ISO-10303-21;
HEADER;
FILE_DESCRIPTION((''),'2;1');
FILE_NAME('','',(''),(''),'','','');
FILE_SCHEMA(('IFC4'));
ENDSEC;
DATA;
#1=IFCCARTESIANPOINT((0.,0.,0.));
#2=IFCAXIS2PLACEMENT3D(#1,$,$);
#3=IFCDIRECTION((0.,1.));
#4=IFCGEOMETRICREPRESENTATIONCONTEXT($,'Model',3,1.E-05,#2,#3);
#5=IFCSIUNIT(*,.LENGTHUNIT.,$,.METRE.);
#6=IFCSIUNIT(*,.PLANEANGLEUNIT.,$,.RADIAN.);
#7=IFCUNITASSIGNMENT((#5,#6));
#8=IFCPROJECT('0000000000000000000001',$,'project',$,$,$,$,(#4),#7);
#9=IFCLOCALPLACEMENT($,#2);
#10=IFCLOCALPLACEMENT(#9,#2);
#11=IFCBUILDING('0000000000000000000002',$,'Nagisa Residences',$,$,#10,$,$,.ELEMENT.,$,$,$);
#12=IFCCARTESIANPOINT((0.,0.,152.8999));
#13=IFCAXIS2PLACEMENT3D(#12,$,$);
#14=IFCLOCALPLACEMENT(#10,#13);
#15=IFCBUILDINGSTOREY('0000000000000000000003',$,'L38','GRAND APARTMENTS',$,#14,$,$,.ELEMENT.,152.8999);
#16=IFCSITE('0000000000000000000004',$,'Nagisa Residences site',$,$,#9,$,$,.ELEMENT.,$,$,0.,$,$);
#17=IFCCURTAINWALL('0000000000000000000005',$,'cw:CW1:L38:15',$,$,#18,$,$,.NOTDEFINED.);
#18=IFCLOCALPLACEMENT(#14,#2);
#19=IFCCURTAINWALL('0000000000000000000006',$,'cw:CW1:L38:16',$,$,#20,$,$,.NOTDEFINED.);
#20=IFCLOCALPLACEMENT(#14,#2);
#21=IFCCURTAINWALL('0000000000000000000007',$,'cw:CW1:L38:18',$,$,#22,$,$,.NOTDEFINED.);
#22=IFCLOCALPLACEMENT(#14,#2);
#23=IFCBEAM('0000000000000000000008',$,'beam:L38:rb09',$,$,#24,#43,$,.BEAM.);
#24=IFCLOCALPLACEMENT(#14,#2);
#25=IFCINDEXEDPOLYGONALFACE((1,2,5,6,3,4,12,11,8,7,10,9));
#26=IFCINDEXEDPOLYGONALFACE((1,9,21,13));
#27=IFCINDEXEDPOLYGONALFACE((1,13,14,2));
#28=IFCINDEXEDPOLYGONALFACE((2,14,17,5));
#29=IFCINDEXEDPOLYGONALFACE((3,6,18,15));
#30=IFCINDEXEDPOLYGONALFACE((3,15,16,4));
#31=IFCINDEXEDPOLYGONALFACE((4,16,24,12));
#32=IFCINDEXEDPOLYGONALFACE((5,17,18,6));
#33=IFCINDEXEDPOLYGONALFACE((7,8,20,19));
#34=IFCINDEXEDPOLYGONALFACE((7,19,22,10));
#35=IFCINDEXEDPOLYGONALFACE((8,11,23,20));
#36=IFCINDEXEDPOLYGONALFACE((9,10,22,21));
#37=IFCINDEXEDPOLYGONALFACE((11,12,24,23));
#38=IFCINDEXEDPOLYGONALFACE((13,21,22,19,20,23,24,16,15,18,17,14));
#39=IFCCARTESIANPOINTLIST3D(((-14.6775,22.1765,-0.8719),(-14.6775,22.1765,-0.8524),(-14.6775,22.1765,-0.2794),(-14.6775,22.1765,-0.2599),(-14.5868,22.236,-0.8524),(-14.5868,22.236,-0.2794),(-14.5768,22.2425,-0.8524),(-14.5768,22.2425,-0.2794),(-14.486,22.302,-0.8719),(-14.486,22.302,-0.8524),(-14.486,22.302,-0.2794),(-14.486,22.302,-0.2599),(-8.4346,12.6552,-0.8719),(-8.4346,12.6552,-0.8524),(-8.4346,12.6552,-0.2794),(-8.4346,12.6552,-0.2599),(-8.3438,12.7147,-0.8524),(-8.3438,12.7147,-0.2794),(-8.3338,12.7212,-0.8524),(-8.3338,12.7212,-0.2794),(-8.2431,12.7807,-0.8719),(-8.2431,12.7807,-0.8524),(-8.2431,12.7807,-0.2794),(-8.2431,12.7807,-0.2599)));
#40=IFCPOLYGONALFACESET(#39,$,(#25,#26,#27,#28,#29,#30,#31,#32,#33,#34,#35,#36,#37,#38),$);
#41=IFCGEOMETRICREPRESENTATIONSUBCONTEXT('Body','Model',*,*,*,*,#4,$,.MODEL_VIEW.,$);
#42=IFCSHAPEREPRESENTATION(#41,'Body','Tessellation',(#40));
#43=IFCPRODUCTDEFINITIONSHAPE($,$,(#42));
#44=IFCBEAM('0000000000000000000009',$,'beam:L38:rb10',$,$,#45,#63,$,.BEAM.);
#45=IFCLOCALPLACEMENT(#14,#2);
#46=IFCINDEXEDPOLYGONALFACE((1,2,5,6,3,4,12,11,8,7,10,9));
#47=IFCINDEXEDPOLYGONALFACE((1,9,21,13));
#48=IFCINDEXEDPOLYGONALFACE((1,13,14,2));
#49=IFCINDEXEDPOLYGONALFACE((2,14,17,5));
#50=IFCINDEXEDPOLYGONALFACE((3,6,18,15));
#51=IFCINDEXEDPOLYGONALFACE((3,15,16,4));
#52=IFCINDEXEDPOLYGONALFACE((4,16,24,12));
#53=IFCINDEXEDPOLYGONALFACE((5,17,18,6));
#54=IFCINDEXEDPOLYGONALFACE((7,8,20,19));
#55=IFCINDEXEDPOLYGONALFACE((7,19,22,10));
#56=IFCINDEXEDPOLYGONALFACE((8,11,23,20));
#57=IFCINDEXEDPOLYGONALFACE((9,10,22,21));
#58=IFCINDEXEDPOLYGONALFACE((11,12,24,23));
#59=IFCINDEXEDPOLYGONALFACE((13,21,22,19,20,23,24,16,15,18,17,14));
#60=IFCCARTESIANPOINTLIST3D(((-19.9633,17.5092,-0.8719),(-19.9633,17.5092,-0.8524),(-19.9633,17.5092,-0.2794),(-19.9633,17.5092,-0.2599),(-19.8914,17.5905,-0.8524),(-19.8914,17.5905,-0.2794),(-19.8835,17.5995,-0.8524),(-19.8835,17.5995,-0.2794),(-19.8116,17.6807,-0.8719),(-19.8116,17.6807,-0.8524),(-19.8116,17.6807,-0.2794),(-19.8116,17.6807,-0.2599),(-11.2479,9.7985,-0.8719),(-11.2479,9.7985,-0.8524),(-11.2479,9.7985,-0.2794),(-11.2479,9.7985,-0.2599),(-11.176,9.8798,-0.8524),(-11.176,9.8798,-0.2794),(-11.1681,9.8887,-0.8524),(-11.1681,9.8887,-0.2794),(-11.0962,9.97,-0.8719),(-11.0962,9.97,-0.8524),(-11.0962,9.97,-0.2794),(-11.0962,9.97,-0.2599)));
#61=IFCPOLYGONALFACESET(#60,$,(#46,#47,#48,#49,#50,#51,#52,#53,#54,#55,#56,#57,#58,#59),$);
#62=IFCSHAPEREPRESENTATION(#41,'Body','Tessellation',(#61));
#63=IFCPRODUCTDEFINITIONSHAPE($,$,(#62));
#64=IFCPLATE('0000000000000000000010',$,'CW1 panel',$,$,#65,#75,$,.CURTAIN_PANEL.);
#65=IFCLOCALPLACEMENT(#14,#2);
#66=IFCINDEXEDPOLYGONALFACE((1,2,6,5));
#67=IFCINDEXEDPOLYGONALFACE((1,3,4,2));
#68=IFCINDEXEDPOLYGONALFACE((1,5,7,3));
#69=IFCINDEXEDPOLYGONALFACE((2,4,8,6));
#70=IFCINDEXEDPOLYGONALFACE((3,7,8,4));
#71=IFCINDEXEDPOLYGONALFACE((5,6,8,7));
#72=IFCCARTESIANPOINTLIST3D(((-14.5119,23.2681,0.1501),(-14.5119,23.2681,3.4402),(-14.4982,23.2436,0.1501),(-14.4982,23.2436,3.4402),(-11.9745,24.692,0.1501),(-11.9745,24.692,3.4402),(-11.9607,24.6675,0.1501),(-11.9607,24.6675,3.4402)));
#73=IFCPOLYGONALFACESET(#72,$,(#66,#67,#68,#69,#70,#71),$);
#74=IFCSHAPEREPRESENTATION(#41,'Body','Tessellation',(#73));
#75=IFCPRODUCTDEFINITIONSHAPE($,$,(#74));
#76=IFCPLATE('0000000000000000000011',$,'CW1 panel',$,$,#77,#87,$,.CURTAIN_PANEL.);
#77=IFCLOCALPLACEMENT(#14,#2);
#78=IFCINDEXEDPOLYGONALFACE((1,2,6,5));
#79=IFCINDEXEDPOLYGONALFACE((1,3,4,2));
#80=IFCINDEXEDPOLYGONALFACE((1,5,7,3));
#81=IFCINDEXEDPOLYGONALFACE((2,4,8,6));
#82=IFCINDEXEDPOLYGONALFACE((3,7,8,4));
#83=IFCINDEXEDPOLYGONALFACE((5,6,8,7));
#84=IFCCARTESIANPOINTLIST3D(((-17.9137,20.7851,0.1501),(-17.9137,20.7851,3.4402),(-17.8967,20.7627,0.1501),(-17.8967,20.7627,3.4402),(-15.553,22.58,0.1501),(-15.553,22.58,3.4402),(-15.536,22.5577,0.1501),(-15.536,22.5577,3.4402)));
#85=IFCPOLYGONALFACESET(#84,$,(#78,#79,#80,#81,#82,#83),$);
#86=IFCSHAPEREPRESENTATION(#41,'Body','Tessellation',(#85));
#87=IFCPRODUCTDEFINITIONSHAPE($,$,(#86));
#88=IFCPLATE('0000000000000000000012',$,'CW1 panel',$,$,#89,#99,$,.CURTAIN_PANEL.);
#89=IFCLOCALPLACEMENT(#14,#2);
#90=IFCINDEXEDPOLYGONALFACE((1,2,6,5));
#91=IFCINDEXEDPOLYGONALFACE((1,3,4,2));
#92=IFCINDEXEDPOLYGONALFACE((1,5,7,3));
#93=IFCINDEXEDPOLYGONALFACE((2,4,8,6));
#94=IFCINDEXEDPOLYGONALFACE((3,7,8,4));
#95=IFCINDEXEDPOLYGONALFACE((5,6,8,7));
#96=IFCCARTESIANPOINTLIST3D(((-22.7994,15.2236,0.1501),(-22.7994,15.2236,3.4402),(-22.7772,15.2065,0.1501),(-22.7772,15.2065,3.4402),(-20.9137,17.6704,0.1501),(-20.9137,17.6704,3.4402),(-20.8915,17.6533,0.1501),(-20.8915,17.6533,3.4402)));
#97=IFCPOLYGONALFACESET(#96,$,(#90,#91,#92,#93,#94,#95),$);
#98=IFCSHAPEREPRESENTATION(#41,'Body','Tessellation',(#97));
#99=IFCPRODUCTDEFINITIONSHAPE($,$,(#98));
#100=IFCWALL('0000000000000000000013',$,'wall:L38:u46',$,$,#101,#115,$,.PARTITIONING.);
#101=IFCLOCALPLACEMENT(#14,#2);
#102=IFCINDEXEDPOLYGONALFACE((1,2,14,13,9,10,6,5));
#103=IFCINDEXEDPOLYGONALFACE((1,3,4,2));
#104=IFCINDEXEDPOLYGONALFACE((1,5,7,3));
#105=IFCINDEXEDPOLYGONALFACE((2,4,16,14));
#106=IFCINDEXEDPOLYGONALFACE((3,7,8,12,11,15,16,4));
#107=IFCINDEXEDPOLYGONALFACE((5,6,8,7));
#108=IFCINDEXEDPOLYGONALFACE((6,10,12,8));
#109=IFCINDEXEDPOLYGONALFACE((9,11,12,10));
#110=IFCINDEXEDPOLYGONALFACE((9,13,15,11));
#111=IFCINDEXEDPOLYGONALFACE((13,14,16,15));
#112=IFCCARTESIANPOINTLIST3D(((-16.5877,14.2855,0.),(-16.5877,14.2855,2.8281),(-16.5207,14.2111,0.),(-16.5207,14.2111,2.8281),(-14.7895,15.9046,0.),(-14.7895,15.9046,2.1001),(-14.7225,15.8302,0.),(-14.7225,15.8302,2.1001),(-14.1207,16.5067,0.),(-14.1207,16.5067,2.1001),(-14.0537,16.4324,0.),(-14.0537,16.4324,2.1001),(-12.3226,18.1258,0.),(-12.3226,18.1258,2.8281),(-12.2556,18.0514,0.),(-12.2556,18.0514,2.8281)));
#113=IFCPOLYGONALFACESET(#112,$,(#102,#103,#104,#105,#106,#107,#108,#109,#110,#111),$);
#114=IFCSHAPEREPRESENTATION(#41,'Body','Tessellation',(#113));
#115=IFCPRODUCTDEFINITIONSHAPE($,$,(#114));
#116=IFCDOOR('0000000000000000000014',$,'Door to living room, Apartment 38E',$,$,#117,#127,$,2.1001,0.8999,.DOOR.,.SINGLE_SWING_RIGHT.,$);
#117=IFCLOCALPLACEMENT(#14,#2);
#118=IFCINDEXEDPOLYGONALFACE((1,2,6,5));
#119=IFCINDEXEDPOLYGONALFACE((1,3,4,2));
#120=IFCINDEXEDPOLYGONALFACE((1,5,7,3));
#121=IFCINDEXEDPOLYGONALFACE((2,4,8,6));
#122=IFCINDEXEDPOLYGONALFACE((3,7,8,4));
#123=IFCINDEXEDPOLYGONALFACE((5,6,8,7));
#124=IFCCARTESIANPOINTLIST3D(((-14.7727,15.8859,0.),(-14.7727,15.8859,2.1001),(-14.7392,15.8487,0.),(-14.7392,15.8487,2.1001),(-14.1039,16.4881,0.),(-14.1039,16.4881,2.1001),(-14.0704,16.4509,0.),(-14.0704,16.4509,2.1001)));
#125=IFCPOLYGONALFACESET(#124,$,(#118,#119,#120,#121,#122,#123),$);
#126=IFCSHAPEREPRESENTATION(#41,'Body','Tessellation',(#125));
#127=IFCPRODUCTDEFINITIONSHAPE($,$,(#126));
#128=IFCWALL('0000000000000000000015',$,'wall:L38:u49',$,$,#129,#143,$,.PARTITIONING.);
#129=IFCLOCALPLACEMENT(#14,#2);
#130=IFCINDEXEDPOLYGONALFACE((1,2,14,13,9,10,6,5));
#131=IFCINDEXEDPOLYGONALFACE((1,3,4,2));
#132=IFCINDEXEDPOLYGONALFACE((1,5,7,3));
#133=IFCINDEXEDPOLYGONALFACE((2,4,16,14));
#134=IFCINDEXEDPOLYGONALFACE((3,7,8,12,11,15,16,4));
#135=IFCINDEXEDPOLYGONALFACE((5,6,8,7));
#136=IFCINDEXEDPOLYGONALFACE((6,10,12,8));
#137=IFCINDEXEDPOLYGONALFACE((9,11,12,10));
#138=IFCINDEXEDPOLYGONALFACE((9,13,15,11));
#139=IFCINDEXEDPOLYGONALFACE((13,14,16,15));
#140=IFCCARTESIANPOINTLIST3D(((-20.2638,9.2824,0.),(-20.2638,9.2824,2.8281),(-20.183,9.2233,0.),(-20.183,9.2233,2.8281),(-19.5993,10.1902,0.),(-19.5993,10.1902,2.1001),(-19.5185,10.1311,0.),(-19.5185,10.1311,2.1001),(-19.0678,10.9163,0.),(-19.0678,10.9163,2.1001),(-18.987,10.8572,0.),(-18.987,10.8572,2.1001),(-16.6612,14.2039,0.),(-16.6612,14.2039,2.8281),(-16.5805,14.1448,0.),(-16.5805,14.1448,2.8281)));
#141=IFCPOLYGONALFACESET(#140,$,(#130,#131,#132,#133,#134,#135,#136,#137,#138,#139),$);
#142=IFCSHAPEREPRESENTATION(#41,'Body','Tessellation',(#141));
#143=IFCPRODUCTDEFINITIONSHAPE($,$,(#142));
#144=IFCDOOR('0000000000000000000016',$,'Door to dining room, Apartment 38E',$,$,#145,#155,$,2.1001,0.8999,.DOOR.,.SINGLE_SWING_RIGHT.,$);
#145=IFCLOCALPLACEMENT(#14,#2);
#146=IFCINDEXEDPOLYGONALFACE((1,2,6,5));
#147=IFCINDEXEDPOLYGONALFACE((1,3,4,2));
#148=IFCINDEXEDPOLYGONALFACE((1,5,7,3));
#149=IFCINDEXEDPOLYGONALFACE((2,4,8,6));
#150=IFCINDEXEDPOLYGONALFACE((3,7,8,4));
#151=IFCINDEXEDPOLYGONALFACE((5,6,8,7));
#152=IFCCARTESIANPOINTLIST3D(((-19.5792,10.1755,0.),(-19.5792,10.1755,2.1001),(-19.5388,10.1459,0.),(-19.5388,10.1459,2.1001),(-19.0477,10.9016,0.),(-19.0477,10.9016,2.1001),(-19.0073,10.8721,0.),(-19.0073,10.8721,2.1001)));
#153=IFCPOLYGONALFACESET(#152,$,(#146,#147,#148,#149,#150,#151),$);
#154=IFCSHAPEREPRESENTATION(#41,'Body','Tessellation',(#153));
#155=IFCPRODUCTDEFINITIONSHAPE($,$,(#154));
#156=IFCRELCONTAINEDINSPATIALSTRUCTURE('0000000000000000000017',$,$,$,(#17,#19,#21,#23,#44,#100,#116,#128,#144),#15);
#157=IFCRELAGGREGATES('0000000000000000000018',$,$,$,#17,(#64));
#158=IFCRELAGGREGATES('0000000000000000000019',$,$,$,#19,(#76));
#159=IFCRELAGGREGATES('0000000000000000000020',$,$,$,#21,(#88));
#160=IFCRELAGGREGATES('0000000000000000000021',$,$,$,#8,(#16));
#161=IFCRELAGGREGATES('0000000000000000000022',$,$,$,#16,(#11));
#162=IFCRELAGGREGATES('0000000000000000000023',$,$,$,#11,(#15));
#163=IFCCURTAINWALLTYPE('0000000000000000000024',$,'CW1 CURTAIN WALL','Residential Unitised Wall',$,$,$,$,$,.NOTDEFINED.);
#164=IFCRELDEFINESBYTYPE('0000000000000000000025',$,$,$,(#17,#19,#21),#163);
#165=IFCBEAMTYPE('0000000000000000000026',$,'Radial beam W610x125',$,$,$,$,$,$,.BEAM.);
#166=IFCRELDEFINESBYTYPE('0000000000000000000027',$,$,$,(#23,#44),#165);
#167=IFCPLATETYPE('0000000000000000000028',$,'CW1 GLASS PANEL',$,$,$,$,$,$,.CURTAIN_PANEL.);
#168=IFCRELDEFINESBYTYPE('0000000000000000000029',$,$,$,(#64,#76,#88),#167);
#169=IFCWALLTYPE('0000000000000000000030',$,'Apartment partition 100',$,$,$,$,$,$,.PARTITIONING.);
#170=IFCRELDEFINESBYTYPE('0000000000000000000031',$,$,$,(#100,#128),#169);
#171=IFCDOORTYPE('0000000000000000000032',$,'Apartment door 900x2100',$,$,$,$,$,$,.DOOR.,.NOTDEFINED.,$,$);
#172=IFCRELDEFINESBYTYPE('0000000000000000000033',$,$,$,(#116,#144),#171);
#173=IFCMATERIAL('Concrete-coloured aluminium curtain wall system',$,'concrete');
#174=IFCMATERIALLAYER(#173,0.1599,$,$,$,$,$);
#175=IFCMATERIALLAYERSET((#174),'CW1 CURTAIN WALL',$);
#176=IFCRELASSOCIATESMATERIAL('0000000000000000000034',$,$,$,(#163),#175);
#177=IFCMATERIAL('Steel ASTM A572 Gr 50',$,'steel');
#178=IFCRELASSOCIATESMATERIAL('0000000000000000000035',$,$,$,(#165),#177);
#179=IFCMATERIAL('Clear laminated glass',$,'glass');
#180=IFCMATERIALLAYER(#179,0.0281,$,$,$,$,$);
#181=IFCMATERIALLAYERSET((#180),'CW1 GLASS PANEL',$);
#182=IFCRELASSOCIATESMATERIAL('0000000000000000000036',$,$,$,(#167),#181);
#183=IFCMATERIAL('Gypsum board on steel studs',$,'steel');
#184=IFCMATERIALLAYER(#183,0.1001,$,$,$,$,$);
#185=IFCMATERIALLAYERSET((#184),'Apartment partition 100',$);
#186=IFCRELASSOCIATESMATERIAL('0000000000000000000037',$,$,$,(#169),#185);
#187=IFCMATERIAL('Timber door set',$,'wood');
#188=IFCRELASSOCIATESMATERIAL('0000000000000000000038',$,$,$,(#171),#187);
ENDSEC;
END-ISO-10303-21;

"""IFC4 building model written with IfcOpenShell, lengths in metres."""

from ifc_helpers import new_model, si_unit, direction, frame, frame_2d, origin, origin_2d, place, context, subcontext, project, spatial, rectangle, i_section, extrude, material, layer, layer_set, material_profile, profile_set, type_object, element, fill, aggregate, save


model = new_model("IFC4")

# Units and contexts
model_context = context("Model", 3, precision=1e-05, world=origin(), true_north=direction((0.0, 1.0)))
body_context = subcontext(model_context, "Body", "Model", "MODEL_VIEW")
ifc_project = project(units=[si_unit("LENGTHUNIT", "METRE"), si_unit("PLANEANGLEUNIT", "RADIAN")], contexts=[model_context])

# Site, building, storey
site_placement = place(None, origin())
site = spatial("IfcSite", under=ifc_project, at=site_placement, Name="Nagisa Residences site", CompositionType="ELEMENT", RefElevation=0.0)
building_placement = place(site_placement, origin())
building = spatial("IfcBuilding", under=site, at=building_placement, Name="Nagisa Residences", CompositionType="ELEMENT")
storey_placement = place(building_placement, frame((0.0, 0.0, 152.8999)))
storey = spatial("IfcBuildingStorey", under=building, at=storey_placement, Name="L38", Description="GRAND APARTMENTS", CompositionType="ELEMENT", Elevation=152.8999)

# Curtain walls
ifc_material_1 = material(Name="Concrete-coloured aluminium curtain wall system", Category="concrete")
ifc_layer_1 = layer(ifc_material_1, 0.1599)
ifc_layer_set_1 = layer_set([ifc_layer_1], Name="CW1 CURTAIN WALL")
curtain_wall_type = type_object("IfcCurtainWallType", Name="CW1 CURTAIN WALL", Description="Residential Unitised Wall", PredefinedType="NOTDEFINED", material=ifc_layer_set_1)
curtain_wall_1_placement = place(storey_placement, origin())
curtain_wall_1 = element("IfcCurtainWall", 1, at=curtain_wall_1_placement, inside=storey, type_object=curtain_wall_type, Name="cw:CW1:L38:15", PredefinedType="NOTDEFINED")
curtain_wall_2_placement = place(storey_placement, origin())
curtain_wall_2 = element("IfcCurtainWall", 2, at=curtain_wall_2_placement, inside=storey, type_object=curtain_wall_type, Name="cw:CW1:L38:16", PredefinedType="NOTDEFINED")
curtain_wall_3_placement = place(storey_placement, origin())
curtain_wall_3 = element("IfcCurtainWall", 3, at=curtain_wall_3_placement, inside=storey, type_object=curtain_wall_type, Name="cw:CW1:L38:18", PredefinedType="NOTDEFINED")

# Beams
ifc_material_2 = material(Name="Steel ASTM A572 Gr 50", Category="steel")
ifc_material_profile_1 = material_profile(ifc_material_2, i_section(OverallWidth=0.229, OverallDepth=0.6121, WebThickness=0.012, FlangeThickness=0.0195, at=origin_2d()), Name="W610x125")
ifc_profile_set_1 = profile_set([ifc_material_profile_1], Name="Steel ASTM A572 Gr 50")
beam_type_1 = type_object("IfcBeamType", Name="Radial beam W610x125", PredefinedType="BEAM", material=ifc_profile_set_1)
beam_1_placement = place(storey_placement, frame((-14.5818, 22.2393, -0.5659), z_axis=(0.548325, -0.836265, 0.0), x_axis=(0.836265, 0.548325, 0.0)))
element("IfcBeam", 4, at=beam_1_placement, inside=storey, type_object=beam_type_1, Name="beam:L38:rb09", PredefinedType="BEAM", context=body_context, shape_type="SweptSolid", body=[
    extrude(i_section(OverallWidth=0.229, OverallDepth=0.6121, WebThickness=0.012, FlangeThickness=0.0195, at=origin_2d()), origin(), (0.0, 0.0, 1.0), 11.3855),
])
beam_2_placement = place(storey_placement, frame((-19.8875, 17.595, -0.5659), z_axis=(0.748955, -0.662621, 0.0), x_axis=(0.662621, 0.748955, 0.0)))
element("IfcBeam", 5, at=beam_2_placement, inside=storey, type_object=beam_type_1, Name="beam:L38:rb10", PredefinedType="BEAM", context=body_context, shape_type="SweptSolid", body=[
    extrude(i_section(OverallWidth=0.229, OverallDepth=0.6121, WebThickness=0.012, FlangeThickness=0.0195, at=origin_2d()), origin(), (0.0, 0.0, 1.0), 11.6367),
])

# Plates
ifc_material_3 = material(Name="Clear laminated glass", Category="glass")
ifc_layer_2 = layer(ifc_material_3, 0.0281)
ifc_layer_set_2 = layer_set([ifc_layer_2], Name="CW1 GLASS PANEL")
plate_type = type_object("IfcPlateType", Name="CW1 GLASS PANEL", PredefinedType="CURTAIN_PANEL", material=ifc_layer_set_2)
plate_1_placement = place(storey_placement, frame((-13.2363, 23.9678, 0.1501), z_axis=(0.0, 0.0, 1.0), x_axis=(-0.872072, -0.489377, 0.0)))
plate_1 = element("IfcPlate", 6, at=plate_1_placement, type_object=plate_type, Name="CW1 panel", PredefinedType="CURTAIN_PANEL", context=body_context, shape_type="SweptSolid", body=[
    extrude(rectangle(XDim=2.9097, YDim=0.0281, at=origin_2d()), origin(), (0.0, 0.0, 1.0), 3.29),
])
aggregate(curtain_wall_1, [plate_1])
plate_2_placement = place(storey_placement, frame((-16.7249, 21.6714, 0.1501), z_axis=(0.0, 0.0, 1.0), x_axis=(-0.796031, -0.605255, 0.0)))
plate_2 = element("IfcPlate", 7, at=plate_2_placement, type_object=plate_type, Name="CW1 panel", PredefinedType="CURTAIN_PANEL", context=body_context, shape_type="SweptSolid", body=[
    extrude(rectangle(XDim=2.9656, YDim=0.0281, at=origin_2d()), origin(), (0.0, 0.0, 1.0), 3.29),
])
aggregate(curtain_wall_2, [plate_2])
plate_3_placement = place(storey_placement, frame((-21.8455, 16.4385, 0.1501), z_axis=(0.0, 0.0, 1.0), x_axis=(-0.61043, -0.79207, 0.0)))
plate_3 = element("IfcPlate", 8, at=plate_3_placement, type_object=plate_type, Name="CW1 panel", PredefinedType="CURTAIN_PANEL", context=body_context, shape_type="SweptSolid", body=[
    extrude(rectangle(XDim=3.0891, YDim=0.0281, at=origin_2d()), origin(), (0.0, 0.0, 1.0), 3.29),
])
aggregate(curtain_wall_3, [plate_3])

# Walls, openings, doors
ifc_material_4 = material(Name="Gypsum board on steel studs", Category="steel")
ifc_layer_3 = layer(ifc_material_4, 0.1001)
ifc_layer_set_3 = layer_set([ifc_layer_3], Name="Apartment partition 100")
wall_type_1 = type_object("IfcWallType", Name="Apartment partition 100", PredefinedType="PARTITIONING", material=ifc_layer_set_3)
wall_1_placement = place(storey_placement, frame((-12.2891, 18.0886, 0.0), z_axis=(0.0, 0.0, 1.0), x_axis=(-0.743146, -0.669129, 0.0)))
wall_1 = element("IfcWall", 9, at=wall_1_placement, inside=storey, type_object=wall_type_1, Name="wall:L38:u46", PredefinedType="PARTITIONING", context=body_context, shape_type="SweptSolid", body=[
    extrude(rectangle(XDim=5.7393, YDim=0.1001, at=frame_2d((2.8696, 0.0))), origin(), (0.0, 0.0, 1.0), 2.8281),
])
opening_1_placement = place(wall_1_placement, frame((2.4197, 0.0, 0.0)))
opening_1 = element("IfcOpeningElement", 10, at=opening_1_placement, cuts=wall_1, PredefinedType="OPENING", context=body_context, shape_type="SweptSolid", body=[
    extrude(rectangle(XDim=0.8999, YDim=2.1001, at=frame_2d((0.45, 1.05))), frame((0.0, 0.0601, 0.0), z_axis=(0.0, -1.0, 0.0), x_axis=(1.0, 0.0, 0.0)), (0.0, 0.0, 1.0), 0.1201),
])
ifc_material_5 = material(Name="Timber door set", Category="wood")
door_type_1 = type_object("IfcDoorType", Name="Apartment door 900x2100", OperationType="NOTDEFINED", PredefinedType="DOOR", material=ifc_material_5)
door_1_placement = place(opening_1_placement, frame((0.8999, 0.0, 0.0), x_axis=(-1.0, 0.0, 0.0)))
door_1 = element("IfcDoor", 11, at=door_1_placement, inside=storey, type_object=door_type_1, Name="Door to living room, Apartment 38E", OperationType="SINGLE_SWING_RIGHT", OverallHeight=2.1001, OverallWidth=0.8999, PredefinedType="DOOR", context=body_context, shape_type="SweptSolid", body=[
    extrude(rectangle(XDim=0.8999, YDim=2.1001, at=frame_2d((0.45, 1.05))), frame((0.0, 0.0249, 0.0), z_axis=(0.0, -1.0, 0.0), x_axis=(1.0, 0.0, 0.0)), (0.0, 0.0, 1.0), 0.05),
])
fill(opening_1, door_1)
wall_2_placement = place(storey_placement, frame((-16.6208, 14.1743, 0.0), z_axis=(0.0, 0.0, 1.0), x_axis=(-0.590673, -0.806911, 0.0)))
wall_2 = element("IfcWall", 12, at=wall_2_placement, inside=storey, type_object=wall_type_1, Name="wall:L38:u49", PredefinedType="PARTITIONING", context=body_context, shape_type="SweptSolid", body=[
    extrude(rectangle(XDim=6.0991, YDim=0.1001, at=frame_2d((3.0496, 0.0))), origin(), (0.0, 0.0, 1.0), 2.8281),
])
opening_2_placement = place(wall_2_placement, frame((4.0742, 0.0, 0.0)))
opening_2 = element("IfcOpeningElement", 13, at=opening_2_placement, cuts=wall_2, PredefinedType="OPENING", context=body_context, shape_type="SweptSolid", body=[
    extrude(rectangle(XDim=0.8999, YDim=2.1001, at=frame_2d((0.45, 1.05))), frame((0.0, 0.0601, 0.0), z_axis=(0.0, -1.0, 0.0), x_axis=(1.0, 0.0, 0.0)), (0.0, 0.0, 1.0), 0.1201),
])
door_2_placement = place(opening_2_placement, origin())
door_2 = element("IfcDoor", 14, at=door_2_placement, inside=storey, type_object=door_type_1, Name="Door to dining room, Apartment 38E", OperationType="SINGLE_SWING_RIGHT", OverallHeight=2.1001, OverallWidth=0.8999, PredefinedType="DOOR", context=body_context, shape_type="SweptSolid", body=[
    extrude(rectangle(XDim=0.8999, YDim=2.1001, at=frame_2d((0.45, 1.05))), frame((0.0, 0.0249, 0.0), z_axis=(0.0, -1.0, 0.0), x_axis=(1.0, 0.0, 0.0)), (0.0, 0.0, 1.0), 0.05),
])
fill(opening_2, door_2)

save(model, "model.ifc")
